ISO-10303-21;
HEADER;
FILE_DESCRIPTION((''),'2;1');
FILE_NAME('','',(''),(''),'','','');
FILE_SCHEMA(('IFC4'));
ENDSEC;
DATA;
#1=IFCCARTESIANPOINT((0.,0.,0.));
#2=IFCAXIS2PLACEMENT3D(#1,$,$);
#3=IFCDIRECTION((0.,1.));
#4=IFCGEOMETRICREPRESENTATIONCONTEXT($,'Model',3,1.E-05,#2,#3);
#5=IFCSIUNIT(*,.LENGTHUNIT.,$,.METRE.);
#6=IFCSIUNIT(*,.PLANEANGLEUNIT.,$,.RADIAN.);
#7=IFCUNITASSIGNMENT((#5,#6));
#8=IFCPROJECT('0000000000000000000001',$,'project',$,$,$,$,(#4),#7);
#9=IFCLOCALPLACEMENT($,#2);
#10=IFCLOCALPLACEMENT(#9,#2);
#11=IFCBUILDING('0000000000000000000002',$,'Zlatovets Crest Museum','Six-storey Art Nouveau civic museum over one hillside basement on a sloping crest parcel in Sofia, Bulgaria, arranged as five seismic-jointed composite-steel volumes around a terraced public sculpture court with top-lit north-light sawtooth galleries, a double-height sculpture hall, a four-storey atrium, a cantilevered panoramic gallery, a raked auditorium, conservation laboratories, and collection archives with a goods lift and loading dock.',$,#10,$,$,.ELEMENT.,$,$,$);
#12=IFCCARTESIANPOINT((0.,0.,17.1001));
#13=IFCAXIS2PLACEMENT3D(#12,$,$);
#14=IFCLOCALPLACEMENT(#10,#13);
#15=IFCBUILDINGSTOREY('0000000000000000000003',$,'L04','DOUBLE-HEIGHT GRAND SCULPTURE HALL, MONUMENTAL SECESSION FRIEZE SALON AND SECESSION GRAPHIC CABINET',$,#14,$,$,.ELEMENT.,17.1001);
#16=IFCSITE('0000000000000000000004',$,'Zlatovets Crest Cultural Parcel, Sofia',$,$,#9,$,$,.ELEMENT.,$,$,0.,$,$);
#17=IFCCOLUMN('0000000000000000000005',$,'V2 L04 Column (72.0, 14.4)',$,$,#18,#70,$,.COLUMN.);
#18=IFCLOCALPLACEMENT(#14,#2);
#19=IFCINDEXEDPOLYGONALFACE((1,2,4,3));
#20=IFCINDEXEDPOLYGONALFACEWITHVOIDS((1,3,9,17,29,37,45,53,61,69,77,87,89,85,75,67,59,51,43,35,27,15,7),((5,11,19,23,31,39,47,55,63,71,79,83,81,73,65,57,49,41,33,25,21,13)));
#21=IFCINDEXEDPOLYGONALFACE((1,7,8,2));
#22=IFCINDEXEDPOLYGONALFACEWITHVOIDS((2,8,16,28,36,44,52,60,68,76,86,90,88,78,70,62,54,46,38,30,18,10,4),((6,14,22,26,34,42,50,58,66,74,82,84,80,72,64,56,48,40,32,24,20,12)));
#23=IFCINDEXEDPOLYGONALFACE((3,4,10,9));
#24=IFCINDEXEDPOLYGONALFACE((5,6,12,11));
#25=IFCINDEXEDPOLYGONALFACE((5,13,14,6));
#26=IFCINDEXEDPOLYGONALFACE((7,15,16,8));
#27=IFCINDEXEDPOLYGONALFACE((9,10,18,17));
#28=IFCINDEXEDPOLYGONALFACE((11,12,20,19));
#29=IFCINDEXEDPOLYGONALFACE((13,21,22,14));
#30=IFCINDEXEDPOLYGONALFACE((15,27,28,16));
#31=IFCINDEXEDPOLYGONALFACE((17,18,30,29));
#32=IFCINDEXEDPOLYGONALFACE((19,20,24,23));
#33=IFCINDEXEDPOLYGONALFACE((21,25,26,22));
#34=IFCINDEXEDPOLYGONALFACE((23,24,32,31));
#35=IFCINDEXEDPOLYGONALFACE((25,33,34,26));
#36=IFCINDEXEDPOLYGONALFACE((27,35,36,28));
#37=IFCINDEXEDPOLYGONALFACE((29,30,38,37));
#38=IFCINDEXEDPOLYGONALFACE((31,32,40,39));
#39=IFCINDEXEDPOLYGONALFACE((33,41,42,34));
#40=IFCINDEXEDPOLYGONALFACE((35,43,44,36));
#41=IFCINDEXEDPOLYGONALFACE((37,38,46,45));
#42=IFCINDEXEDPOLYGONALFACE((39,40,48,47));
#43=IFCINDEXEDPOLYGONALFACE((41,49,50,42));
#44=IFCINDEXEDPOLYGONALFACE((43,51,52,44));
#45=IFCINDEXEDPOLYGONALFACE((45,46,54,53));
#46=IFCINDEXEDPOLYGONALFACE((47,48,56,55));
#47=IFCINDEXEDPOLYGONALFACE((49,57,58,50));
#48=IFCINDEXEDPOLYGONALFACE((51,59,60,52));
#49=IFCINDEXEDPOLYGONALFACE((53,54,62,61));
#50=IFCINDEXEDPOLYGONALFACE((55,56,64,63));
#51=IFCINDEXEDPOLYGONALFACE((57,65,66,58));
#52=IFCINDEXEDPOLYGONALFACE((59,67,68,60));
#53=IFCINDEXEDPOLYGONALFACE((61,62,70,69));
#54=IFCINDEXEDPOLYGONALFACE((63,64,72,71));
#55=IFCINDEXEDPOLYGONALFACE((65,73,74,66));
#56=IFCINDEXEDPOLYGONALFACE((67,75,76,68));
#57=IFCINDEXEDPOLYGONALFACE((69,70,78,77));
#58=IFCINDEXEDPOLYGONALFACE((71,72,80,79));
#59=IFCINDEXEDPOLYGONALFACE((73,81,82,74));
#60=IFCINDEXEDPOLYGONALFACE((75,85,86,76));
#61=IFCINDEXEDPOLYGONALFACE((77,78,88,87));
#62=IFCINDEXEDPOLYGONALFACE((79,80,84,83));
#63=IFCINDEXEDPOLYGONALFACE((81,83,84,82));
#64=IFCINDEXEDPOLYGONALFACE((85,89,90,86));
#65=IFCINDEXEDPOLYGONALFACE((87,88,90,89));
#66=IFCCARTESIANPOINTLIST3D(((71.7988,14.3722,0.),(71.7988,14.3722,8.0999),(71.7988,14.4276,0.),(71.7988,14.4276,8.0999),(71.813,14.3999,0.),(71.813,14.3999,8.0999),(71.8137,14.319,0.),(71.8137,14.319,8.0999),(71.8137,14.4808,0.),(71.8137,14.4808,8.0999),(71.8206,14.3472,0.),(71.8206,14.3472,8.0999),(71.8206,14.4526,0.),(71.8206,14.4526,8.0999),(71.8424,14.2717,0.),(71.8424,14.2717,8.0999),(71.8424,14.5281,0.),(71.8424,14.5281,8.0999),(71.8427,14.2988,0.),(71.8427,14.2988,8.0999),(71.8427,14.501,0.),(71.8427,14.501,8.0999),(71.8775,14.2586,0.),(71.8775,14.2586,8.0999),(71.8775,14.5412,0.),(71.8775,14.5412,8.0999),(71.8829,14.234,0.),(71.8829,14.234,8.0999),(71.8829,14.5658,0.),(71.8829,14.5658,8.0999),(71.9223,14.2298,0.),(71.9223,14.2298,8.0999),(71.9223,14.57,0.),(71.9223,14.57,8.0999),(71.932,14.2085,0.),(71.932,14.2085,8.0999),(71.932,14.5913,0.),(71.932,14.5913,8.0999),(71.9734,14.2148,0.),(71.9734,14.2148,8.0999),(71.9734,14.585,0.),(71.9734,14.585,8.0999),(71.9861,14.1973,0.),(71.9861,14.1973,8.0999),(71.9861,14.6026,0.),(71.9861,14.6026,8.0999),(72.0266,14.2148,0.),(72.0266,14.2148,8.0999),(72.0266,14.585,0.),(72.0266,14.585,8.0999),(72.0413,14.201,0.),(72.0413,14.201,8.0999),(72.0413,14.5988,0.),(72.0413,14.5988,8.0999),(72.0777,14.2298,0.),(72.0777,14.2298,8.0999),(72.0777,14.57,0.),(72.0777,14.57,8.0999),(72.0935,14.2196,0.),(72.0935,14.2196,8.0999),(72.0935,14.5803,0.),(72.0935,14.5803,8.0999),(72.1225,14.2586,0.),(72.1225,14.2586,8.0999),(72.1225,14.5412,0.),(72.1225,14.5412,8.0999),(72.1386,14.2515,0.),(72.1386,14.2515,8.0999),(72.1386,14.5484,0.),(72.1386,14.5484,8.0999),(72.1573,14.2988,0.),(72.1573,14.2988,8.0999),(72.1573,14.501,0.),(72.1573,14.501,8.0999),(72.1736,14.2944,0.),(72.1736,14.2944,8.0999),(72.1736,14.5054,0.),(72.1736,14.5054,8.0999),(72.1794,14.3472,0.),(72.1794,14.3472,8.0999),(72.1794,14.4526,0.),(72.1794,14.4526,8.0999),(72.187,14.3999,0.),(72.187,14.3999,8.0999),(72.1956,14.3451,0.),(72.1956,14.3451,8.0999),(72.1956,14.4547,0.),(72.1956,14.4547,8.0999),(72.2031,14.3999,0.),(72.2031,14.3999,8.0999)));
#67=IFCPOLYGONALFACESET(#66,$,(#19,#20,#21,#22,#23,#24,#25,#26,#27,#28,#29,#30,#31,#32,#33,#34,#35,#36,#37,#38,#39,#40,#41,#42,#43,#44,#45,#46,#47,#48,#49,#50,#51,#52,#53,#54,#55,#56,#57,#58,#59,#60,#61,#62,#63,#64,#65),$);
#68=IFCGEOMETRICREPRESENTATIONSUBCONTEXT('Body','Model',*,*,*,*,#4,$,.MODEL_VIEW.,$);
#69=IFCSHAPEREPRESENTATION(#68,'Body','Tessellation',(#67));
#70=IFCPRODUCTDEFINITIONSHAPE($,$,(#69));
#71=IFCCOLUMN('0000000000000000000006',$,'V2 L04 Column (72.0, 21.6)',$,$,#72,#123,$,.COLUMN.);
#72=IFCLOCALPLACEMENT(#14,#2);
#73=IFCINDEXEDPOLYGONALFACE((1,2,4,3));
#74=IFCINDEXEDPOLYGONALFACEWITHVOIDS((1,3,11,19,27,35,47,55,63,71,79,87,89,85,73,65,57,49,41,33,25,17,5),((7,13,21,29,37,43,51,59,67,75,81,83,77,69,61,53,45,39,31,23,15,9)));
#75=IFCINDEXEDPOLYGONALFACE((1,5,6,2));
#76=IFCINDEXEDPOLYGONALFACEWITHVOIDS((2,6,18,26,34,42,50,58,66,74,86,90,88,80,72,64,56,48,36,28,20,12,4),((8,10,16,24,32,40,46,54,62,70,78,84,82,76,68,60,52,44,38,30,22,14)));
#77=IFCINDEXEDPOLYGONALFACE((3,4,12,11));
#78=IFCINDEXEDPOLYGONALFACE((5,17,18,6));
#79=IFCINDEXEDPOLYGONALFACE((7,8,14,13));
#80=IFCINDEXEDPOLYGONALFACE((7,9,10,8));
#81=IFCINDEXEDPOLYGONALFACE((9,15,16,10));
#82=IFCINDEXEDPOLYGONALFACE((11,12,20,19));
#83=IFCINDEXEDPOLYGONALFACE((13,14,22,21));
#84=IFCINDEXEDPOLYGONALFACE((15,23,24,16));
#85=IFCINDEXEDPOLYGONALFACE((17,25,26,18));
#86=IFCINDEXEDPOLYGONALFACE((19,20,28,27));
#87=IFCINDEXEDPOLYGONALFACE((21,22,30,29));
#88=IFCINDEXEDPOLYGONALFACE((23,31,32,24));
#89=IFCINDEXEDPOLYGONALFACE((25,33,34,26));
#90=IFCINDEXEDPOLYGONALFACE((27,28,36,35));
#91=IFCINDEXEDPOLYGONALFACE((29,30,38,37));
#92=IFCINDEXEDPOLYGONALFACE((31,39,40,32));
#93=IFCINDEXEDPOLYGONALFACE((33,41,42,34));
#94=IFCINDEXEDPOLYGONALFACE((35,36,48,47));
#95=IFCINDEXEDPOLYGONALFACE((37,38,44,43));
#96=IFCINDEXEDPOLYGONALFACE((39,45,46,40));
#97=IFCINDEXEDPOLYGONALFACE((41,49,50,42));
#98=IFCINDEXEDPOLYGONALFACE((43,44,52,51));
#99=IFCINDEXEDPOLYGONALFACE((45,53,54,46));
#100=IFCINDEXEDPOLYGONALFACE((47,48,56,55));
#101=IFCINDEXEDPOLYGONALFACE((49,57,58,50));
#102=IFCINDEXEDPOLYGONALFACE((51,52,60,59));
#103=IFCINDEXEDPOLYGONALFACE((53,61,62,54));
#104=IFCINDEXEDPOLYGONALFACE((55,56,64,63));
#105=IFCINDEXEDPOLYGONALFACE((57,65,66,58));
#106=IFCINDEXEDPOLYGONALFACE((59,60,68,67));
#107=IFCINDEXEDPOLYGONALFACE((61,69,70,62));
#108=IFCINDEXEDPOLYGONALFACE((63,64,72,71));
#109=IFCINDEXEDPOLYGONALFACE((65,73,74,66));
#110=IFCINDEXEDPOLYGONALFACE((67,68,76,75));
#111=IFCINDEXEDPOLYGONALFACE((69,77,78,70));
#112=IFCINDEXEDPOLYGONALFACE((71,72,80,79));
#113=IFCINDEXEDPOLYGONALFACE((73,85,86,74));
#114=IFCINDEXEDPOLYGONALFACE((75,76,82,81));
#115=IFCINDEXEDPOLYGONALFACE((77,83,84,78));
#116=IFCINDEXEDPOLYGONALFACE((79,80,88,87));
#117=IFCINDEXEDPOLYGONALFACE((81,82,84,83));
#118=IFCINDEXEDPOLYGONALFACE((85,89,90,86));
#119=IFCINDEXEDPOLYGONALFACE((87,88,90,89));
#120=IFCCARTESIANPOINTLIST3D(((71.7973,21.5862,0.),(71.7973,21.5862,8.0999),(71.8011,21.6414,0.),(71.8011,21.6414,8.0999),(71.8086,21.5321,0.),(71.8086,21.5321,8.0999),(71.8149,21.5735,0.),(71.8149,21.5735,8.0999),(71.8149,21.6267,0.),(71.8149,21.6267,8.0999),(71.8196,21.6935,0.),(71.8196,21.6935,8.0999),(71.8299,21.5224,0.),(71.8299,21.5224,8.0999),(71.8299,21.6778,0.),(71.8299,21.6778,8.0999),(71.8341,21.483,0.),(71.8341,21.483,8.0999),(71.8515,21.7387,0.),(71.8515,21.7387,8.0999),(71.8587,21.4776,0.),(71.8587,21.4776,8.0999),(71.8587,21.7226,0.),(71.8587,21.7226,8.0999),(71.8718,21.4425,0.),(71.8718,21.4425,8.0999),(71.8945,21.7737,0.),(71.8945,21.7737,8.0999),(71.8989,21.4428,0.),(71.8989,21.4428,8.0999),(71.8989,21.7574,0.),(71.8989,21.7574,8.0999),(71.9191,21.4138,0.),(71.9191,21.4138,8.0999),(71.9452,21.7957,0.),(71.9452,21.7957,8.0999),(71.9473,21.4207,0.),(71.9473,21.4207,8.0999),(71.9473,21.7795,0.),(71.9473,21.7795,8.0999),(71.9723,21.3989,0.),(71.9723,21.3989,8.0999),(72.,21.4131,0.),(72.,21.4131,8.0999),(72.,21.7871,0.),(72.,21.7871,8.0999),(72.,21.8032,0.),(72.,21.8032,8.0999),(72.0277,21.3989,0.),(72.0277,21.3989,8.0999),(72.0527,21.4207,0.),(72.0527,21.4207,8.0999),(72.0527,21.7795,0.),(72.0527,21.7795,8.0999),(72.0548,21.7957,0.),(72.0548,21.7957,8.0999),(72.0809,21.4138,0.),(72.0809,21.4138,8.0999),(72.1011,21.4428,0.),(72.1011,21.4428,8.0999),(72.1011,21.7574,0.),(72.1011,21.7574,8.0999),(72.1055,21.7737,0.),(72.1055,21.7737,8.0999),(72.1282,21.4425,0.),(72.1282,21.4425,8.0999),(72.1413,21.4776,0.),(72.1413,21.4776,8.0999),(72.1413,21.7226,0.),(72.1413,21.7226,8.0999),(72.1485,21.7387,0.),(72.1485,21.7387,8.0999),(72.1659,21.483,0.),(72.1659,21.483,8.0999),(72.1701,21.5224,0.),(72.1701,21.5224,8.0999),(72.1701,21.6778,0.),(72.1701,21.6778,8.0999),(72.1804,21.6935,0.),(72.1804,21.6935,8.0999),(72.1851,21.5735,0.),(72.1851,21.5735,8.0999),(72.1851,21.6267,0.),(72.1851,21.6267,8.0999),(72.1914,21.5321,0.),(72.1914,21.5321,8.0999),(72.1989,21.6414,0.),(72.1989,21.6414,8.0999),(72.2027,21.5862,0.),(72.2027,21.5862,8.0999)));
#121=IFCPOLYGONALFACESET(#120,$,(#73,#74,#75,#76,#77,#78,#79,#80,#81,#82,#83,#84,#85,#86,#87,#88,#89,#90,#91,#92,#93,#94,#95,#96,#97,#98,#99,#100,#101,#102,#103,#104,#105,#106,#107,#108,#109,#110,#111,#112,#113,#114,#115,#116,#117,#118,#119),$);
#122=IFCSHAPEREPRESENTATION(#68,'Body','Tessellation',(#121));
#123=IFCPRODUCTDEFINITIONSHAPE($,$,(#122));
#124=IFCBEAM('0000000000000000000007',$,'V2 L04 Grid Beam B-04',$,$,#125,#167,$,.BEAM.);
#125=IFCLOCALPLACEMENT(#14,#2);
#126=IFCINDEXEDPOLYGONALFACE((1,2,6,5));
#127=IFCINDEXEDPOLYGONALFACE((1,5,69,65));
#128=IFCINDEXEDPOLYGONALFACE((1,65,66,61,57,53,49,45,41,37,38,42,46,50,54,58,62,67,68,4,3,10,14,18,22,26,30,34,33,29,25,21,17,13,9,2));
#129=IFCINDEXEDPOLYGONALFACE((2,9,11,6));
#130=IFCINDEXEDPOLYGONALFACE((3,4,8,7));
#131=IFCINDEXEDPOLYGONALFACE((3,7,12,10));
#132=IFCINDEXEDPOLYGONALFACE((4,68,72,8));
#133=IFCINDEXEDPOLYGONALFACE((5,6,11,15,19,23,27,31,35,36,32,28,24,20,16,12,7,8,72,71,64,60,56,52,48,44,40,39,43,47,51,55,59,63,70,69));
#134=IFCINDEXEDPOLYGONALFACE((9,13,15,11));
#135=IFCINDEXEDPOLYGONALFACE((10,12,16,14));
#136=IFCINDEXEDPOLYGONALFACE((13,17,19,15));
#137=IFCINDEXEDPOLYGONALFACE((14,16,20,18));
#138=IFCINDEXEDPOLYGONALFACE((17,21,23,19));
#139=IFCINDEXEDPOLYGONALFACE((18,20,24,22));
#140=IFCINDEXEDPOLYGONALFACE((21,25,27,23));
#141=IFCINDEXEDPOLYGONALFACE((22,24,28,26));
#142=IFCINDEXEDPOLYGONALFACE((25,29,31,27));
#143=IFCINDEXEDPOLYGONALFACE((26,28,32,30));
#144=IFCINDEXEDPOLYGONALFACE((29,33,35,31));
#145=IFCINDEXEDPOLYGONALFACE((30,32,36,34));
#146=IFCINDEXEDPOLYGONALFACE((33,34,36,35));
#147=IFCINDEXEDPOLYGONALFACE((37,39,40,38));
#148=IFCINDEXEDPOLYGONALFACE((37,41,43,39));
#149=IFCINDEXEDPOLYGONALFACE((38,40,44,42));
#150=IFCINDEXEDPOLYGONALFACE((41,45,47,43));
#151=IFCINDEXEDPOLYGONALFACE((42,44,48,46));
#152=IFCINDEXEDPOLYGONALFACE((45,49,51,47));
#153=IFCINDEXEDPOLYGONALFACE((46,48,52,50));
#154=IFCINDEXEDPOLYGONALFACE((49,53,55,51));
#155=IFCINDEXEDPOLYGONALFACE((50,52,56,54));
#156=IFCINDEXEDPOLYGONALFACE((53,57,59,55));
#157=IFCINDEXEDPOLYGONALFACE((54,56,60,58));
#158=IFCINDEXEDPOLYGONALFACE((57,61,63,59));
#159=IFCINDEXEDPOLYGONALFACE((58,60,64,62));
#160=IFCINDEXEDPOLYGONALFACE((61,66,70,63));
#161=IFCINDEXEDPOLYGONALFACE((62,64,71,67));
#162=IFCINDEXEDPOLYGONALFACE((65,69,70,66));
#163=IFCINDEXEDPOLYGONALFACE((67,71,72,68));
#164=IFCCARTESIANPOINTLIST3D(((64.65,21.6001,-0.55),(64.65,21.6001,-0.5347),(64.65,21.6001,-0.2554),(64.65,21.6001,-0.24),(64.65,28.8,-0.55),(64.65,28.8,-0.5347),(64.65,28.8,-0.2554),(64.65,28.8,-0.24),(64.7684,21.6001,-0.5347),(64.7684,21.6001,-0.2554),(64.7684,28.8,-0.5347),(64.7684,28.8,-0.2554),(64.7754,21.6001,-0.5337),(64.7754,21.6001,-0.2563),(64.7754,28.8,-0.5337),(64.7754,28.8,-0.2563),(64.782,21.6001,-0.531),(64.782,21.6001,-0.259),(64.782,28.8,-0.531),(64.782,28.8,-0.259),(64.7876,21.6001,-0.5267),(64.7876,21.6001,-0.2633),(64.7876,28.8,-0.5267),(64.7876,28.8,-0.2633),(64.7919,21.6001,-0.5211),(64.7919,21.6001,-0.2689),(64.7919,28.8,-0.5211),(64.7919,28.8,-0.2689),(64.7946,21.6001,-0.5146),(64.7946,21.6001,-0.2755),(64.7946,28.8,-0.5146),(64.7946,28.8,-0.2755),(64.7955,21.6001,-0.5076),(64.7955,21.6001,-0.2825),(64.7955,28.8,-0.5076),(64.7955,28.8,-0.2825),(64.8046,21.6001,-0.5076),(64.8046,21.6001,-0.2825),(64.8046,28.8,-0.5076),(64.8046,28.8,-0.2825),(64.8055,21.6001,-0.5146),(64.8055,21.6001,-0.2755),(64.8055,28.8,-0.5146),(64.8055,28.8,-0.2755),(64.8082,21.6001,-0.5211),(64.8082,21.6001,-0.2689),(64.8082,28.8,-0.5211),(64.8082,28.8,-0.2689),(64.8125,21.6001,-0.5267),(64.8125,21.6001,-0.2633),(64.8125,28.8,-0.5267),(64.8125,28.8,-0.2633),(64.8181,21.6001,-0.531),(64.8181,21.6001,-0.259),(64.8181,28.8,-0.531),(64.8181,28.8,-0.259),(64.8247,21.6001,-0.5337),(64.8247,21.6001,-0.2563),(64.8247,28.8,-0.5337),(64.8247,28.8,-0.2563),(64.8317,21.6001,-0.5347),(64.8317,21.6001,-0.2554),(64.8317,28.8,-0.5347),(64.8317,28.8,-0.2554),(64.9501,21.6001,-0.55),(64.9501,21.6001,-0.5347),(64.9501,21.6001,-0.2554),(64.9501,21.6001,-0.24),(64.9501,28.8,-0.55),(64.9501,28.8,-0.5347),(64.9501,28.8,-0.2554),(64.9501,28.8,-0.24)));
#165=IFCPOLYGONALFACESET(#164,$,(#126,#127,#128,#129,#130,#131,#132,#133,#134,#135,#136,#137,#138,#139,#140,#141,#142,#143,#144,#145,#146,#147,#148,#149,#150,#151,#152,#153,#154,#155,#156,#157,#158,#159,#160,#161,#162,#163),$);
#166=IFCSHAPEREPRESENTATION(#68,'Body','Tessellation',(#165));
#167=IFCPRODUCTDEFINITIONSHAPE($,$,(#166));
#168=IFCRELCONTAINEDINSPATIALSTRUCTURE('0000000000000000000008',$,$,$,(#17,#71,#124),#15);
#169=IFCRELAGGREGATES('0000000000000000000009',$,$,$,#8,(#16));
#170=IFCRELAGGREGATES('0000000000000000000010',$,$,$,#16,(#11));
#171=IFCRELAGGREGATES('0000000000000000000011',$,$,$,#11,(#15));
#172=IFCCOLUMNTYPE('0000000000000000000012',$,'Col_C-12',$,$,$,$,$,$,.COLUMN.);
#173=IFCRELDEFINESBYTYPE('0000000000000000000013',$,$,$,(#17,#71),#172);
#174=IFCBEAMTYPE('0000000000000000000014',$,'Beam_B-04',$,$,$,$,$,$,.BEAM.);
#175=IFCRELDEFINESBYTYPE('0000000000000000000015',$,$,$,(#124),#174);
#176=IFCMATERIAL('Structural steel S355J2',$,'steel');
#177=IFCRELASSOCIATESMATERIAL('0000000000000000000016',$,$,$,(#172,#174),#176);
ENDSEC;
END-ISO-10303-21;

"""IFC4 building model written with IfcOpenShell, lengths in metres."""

from ifc_helpers import new_model, si_unit, direction, frame, origin, origin_2d, place, context, subcontext, project, spatial, hollow_circle, i_section, extrude, material, material_profile, profile_set, type_object, element, save


model = new_model("IFC4")

# Units and contexts
model_context = context("Model", 3, precision=1e-05, world=origin(), true_north=direction((0.0, 1.0)))
body_context = subcontext(model_context, "Body", "Model", "MODEL_VIEW")
ifc_project = project(units=[si_unit("LENGTHUNIT", "METRE"), si_unit("PLANEANGLEUNIT", "RADIAN")], contexts=[model_context])

# Site, building, storey
site_placement = place(None, origin())
site = spatial("IfcSite", under=ifc_project, at=site_placement, Name="Zlatovets Crest Cultural Parcel, Sofia", CompositionType="ELEMENT", RefElevation=0.0)
building_placement = place(site_placement, origin())
building = spatial("IfcBuilding", under=site, at=building_placement, Name="Zlatovets Crest Museum", Description="Six-storey Art Nouveau civic museum over one hillside basement on a sloping crest parcel in Sofia, Bulgaria, arranged as five seismic-jointed composite-steel volumes around a terraced public sculpture court with top-lit north-light sawtooth galleries, a double-height sculpture hall, a four-storey atrium, a cantilevered panoramic gallery, a raked auditorium, conservation laboratories, and collection archives with a goods lift and loading dock.", CompositionType="ELEMENT")
storey_placement = place(building_placement, frame((0.0, 0.0, 17.1001)))
storey = spatial("IfcBuildingStorey", under=building, at=storey_placement, Name="L04", Description="DOUBLE-HEIGHT GRAND SCULPTURE HALL, MONUMENTAL SECESSION FRIEZE SALON AND SECESSION GRAPHIC CABINET", CompositionType="ELEMENT", Elevation=17.1001)

# Columns
ifc_material_1 = material(Name="Structural steel S355J2", Category="steel")
ifc_material_profile_1 = material_profile(ifc_material_1, hollow_circle(Radius=0.2031, WallThickness=0.0161, at=origin_2d()), Name="CHS 406.4x16.0")
ifc_profile_set_1 = profile_set([ifc_material_profile_1], Name="Structural steel S355J2")
column_type_1 = type_object("IfcColumnType", Name="Col_C-12", PredefinedType="COLUMN", material=ifc_profile_set_1)
for number, where, z_axis, x_axis, name in (
    (1, (72.0, 14.3999, 0.0), (0.0, 0.0, 1.0), (1.0, 0.0, 0.0), "V2 L04 Column (72.0, 14.4)"),
    (2, (72.0, 21.6001, 0.0), (0.0, 0.0, 1.0), (0.0, 1.0, 0.0), "V2 L04 Column (72.0, 21.6)"),
):
    element("IfcColumn", number, at=place(storey_placement, frame(where, z_axis=z_axis, x_axis=x_axis)), inside=storey, type_object=column_type_1, Name=name, PredefinedType="COLUMN", context=body_context, shape_type="SweptSolid", body=[
        extrude(hollow_circle(Radius=0.2031, WallThickness=0.0161, at=origin_2d()), origin(), (0.0, 0.0, 1.0), 8.0999),
    ])

# Beam
ifc_material_profile_2 = material_profile(ifc_material_1, i_section(OverallWidth=0.3, OverallDepth=0.3101, WebThickness=0.009, FlangeThickness=0.0154, FilletRadius=0.0271, at=origin_2d()), Name="HEA 320")
ifc_profile_set_2 = profile_set([ifc_material_profile_2], Name="Structural steel S355J2")
beam_type_1 = type_object("IfcBeamType", Name="Beam_B-04", PredefinedType="BEAM", material=ifc_profile_set_2)
beam_1_placement = place(storey_placement, frame((64.8, 21.6001, -0.395), z_axis=(0.0, 1.0, 0.0), x_axis=(-1.0, 0.0, 0.0)))
element("IfcBeam", 3, at=beam_1_placement, inside=storey, type_object=beam_type_1, Name="V2 L04 Grid Beam B-04", PredefinedType="BEAM", context=body_context, shape_type="SweptSolid", body=[
    extrude(i_section(OverallWidth=0.3, OverallDepth=0.3101, WebThickness=0.009, FlangeThickness=0.0154, FilletRadius=0.0271, at=origin_2d()), origin(), (0.0, 0.0, 1.0), 7.2),
])

save(model, "model.ifc")
